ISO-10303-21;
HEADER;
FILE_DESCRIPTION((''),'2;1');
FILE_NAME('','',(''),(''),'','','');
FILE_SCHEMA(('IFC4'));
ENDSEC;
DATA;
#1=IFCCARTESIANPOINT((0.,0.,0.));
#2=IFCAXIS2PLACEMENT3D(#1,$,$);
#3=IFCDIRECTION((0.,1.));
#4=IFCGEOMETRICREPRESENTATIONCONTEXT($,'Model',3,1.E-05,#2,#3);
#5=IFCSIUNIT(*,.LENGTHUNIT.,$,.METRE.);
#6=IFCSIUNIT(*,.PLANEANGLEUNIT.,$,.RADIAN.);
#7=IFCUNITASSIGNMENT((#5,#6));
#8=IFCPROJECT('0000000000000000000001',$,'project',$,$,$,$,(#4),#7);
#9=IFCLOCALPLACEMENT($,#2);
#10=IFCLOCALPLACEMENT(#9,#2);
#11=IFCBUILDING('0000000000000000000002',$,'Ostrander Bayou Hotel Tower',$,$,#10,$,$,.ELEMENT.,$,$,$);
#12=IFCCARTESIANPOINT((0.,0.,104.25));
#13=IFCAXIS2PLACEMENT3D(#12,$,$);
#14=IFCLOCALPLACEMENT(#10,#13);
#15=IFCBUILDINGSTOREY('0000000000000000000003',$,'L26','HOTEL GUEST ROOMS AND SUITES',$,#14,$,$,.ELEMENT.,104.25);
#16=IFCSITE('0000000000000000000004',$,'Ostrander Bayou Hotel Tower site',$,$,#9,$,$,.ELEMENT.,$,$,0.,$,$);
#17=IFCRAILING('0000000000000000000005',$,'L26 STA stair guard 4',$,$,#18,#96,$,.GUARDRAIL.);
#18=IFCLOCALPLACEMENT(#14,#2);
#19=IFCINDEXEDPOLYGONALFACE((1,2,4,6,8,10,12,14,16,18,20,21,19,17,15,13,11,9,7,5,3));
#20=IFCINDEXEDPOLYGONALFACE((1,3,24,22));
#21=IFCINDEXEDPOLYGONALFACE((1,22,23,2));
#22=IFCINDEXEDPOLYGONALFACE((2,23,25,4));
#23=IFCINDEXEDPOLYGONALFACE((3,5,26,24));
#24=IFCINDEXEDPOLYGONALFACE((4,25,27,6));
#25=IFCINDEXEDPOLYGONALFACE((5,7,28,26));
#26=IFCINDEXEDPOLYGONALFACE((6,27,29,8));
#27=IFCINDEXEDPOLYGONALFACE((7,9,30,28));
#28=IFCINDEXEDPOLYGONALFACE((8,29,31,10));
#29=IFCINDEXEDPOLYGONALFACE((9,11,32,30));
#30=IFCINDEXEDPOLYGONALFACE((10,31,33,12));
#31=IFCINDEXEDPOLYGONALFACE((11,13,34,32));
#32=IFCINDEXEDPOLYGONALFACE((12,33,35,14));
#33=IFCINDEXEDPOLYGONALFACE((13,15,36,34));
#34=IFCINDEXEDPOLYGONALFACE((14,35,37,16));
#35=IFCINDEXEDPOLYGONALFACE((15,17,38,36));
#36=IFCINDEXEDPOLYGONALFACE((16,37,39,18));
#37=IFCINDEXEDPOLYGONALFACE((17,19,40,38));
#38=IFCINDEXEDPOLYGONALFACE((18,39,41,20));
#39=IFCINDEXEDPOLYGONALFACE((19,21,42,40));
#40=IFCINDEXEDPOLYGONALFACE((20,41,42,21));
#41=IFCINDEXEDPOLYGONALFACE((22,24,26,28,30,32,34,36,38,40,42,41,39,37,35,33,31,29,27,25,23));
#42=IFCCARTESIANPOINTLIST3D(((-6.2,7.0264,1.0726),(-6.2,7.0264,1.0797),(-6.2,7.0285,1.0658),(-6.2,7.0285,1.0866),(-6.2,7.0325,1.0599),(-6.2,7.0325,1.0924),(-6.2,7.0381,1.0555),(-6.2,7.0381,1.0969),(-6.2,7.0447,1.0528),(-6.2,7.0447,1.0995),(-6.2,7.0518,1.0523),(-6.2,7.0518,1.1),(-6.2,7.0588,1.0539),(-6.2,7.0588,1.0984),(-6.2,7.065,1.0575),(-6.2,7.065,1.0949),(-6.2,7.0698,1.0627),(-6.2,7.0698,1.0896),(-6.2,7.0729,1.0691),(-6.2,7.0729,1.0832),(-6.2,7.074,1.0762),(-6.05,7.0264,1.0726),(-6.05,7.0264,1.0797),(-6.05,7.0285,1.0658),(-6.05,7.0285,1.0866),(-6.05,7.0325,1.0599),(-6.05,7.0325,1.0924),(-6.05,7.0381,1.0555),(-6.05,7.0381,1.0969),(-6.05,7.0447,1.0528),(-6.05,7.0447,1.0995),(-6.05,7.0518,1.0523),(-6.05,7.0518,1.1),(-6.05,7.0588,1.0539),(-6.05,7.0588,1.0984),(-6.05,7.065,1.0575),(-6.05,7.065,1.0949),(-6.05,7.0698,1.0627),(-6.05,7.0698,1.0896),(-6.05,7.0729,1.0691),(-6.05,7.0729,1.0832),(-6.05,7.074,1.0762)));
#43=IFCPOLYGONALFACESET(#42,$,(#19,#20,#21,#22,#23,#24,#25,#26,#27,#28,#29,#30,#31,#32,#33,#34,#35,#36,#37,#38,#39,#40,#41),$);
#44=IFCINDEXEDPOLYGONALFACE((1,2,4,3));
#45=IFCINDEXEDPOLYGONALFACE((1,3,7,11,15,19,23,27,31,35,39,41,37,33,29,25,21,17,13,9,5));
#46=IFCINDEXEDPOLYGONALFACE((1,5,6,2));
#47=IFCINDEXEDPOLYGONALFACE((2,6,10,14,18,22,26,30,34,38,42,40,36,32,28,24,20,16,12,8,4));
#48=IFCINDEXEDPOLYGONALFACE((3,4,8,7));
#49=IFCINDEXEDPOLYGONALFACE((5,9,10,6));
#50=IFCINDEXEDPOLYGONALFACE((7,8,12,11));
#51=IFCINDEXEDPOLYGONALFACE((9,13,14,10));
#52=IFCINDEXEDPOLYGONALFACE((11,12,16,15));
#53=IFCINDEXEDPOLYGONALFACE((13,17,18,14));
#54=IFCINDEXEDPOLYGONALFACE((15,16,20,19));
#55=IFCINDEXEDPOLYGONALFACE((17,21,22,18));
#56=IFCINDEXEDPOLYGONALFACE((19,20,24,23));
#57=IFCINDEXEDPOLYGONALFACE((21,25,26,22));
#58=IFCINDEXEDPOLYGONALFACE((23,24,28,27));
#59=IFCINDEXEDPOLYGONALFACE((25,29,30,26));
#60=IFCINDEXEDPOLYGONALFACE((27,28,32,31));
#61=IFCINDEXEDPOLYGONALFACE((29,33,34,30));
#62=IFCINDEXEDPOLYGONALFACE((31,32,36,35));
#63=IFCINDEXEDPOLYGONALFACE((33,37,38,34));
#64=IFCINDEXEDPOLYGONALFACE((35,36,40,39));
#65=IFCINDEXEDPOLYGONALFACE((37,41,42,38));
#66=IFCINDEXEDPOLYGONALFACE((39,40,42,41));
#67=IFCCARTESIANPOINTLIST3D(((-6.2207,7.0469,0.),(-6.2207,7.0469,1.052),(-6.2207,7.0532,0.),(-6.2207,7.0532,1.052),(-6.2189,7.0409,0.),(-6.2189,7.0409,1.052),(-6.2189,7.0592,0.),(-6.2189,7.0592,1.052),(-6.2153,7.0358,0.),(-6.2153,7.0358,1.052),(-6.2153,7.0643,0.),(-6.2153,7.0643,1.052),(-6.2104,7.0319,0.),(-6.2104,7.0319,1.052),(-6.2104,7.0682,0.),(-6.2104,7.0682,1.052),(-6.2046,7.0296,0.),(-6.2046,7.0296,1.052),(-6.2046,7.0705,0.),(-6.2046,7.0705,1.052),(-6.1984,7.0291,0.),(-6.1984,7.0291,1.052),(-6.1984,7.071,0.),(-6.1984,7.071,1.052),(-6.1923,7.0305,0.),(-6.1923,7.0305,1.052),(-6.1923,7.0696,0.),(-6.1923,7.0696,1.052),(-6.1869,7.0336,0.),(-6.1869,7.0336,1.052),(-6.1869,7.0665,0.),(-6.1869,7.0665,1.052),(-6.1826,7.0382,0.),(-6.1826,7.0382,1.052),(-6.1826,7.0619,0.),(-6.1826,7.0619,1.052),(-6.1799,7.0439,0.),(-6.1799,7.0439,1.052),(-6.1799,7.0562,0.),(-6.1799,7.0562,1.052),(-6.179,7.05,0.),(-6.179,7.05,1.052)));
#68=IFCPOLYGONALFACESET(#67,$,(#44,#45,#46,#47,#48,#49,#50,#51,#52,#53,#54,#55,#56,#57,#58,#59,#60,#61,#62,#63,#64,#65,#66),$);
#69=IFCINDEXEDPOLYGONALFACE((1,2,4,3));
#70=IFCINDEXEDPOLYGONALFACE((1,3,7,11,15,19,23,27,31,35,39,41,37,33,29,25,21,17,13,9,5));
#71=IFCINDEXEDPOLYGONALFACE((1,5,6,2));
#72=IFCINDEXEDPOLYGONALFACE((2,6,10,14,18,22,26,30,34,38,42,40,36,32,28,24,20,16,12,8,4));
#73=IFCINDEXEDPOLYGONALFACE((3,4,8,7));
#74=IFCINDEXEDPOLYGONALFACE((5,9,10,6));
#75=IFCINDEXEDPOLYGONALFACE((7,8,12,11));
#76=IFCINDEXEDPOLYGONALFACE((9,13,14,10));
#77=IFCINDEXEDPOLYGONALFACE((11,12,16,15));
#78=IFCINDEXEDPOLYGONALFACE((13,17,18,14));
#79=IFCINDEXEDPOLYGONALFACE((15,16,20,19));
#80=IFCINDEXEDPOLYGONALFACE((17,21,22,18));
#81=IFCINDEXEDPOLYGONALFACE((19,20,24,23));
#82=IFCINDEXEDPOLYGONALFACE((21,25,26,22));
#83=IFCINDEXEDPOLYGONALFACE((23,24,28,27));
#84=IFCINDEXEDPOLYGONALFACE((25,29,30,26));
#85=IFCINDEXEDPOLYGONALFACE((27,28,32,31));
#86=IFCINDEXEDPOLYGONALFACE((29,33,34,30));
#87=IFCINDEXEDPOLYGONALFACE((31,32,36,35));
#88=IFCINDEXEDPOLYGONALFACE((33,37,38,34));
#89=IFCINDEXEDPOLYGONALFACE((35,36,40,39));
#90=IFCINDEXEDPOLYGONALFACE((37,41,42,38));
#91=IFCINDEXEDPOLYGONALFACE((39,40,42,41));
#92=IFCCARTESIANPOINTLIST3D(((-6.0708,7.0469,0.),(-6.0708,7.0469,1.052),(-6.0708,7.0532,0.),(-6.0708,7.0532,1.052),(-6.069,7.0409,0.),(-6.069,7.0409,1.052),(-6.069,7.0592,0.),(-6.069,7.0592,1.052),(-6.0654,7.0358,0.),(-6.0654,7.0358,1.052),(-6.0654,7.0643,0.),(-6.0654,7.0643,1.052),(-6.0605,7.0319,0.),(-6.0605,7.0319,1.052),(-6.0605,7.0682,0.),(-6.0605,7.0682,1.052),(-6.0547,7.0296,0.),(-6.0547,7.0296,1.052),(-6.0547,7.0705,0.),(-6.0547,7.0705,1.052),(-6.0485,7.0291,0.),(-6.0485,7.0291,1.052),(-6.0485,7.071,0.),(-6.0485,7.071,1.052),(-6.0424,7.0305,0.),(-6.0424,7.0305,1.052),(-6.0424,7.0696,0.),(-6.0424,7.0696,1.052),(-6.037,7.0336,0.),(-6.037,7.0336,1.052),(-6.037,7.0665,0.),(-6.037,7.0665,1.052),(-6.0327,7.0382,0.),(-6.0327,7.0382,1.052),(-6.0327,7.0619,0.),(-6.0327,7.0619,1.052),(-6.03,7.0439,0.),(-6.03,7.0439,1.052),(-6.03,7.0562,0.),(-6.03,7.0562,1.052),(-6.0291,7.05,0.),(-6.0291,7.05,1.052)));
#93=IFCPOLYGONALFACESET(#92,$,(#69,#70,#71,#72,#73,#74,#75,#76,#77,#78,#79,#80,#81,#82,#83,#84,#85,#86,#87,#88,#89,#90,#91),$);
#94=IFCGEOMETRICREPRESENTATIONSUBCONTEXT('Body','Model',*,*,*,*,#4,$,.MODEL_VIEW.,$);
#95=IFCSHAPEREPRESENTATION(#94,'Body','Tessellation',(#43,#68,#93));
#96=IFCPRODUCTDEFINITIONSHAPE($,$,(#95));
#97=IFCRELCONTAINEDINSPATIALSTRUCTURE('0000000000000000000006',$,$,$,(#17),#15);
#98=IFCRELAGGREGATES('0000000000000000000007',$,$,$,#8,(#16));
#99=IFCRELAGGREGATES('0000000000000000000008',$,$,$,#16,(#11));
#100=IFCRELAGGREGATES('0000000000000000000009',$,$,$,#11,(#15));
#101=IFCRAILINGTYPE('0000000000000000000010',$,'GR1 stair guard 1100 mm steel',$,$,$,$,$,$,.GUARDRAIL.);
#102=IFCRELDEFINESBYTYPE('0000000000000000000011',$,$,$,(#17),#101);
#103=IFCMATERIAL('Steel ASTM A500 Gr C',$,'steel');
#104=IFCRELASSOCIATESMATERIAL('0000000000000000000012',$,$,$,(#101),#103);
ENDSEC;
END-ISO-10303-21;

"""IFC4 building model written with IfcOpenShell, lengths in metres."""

from ifc_helpers import new_model, si_unit, direction, frame, origin, origin_2d, place, context, subcontext, project, spatial, circle, extrude, material, type_object, element, save


model = new_model("IFC4")

# Units and contexts
model_context = context("Model", 3, precision=1e-05, world=origin(), true_north=direction((0.0, 1.0)))
body_context = subcontext(model_context, "Body", "Model", "MODEL_VIEW")
ifc_project = project(units=[si_unit("LENGTHUNIT", "METRE"), si_unit("PLANEANGLEUNIT", "RADIAN")], contexts=[model_context])

# Site, building, storey
site_placement = place(None, origin())
site = spatial("IfcSite", under=ifc_project, at=site_placement, Name="Ostrander Bayou Hotel Tower site", CompositionType="ELEMENT", RefElevation=0.0)
building_placement = place(site_placement, origin())
building = spatial("IfcBuilding", under=site, at=building_placement, Name="Ostrander Bayou Hotel Tower", CompositionType="ELEMENT")
storey_placement = place(building_placement, frame((0.0, 0.0, 104.25)))
storey = spatial("IfcBuildingStorey", under=building, at=storey_placement, Name="L26", Description="HOTEL GUEST ROOMS AND SUITES", CompositionType="ELEMENT", Elevation=104.25)

# Railing
ifc_material_1 = material(Name="Steel ASTM A500 Gr C", Category="steel")
railing_type_1 = type_object("IfcRailingType", Name="GR1 stair guard 1100 mm steel", PredefinedType="GUARDRAIL", material=ifc_material_1)
railing_1_placement = place(storey_placement, frame((-6.2, 7.05, 0.0)))
element("IfcRailing", 1, at=railing_1_placement, inside=storey, type_object=railing_type_1, Name="L26 STA stair guard 4", PredefinedType="GUARDRAIL", context=body_context, shape_type="SweptSolid", body=[
    extrude(circle(Radius=0.0239, at=origin_2d()), frame((0.0, 0.0, 1.0762), z_axis=(1.0, 0.0, 0.0), x_axis=(0.0, 1.0, 0.0)), (0.0, 0.0, 1.0), 0.1499),
    extrude(circle(Radius=0.021, at=origin_2d()), origin(), (0.0, 0.0, 1.0), 1.052),
    extrude(circle(Radius=0.021, at=origin_2d()), frame((0.1499, 0.0, 0.0)), (0.0, 0.0, 1.0), 1.052),
])

save(model, "model.ifc")
